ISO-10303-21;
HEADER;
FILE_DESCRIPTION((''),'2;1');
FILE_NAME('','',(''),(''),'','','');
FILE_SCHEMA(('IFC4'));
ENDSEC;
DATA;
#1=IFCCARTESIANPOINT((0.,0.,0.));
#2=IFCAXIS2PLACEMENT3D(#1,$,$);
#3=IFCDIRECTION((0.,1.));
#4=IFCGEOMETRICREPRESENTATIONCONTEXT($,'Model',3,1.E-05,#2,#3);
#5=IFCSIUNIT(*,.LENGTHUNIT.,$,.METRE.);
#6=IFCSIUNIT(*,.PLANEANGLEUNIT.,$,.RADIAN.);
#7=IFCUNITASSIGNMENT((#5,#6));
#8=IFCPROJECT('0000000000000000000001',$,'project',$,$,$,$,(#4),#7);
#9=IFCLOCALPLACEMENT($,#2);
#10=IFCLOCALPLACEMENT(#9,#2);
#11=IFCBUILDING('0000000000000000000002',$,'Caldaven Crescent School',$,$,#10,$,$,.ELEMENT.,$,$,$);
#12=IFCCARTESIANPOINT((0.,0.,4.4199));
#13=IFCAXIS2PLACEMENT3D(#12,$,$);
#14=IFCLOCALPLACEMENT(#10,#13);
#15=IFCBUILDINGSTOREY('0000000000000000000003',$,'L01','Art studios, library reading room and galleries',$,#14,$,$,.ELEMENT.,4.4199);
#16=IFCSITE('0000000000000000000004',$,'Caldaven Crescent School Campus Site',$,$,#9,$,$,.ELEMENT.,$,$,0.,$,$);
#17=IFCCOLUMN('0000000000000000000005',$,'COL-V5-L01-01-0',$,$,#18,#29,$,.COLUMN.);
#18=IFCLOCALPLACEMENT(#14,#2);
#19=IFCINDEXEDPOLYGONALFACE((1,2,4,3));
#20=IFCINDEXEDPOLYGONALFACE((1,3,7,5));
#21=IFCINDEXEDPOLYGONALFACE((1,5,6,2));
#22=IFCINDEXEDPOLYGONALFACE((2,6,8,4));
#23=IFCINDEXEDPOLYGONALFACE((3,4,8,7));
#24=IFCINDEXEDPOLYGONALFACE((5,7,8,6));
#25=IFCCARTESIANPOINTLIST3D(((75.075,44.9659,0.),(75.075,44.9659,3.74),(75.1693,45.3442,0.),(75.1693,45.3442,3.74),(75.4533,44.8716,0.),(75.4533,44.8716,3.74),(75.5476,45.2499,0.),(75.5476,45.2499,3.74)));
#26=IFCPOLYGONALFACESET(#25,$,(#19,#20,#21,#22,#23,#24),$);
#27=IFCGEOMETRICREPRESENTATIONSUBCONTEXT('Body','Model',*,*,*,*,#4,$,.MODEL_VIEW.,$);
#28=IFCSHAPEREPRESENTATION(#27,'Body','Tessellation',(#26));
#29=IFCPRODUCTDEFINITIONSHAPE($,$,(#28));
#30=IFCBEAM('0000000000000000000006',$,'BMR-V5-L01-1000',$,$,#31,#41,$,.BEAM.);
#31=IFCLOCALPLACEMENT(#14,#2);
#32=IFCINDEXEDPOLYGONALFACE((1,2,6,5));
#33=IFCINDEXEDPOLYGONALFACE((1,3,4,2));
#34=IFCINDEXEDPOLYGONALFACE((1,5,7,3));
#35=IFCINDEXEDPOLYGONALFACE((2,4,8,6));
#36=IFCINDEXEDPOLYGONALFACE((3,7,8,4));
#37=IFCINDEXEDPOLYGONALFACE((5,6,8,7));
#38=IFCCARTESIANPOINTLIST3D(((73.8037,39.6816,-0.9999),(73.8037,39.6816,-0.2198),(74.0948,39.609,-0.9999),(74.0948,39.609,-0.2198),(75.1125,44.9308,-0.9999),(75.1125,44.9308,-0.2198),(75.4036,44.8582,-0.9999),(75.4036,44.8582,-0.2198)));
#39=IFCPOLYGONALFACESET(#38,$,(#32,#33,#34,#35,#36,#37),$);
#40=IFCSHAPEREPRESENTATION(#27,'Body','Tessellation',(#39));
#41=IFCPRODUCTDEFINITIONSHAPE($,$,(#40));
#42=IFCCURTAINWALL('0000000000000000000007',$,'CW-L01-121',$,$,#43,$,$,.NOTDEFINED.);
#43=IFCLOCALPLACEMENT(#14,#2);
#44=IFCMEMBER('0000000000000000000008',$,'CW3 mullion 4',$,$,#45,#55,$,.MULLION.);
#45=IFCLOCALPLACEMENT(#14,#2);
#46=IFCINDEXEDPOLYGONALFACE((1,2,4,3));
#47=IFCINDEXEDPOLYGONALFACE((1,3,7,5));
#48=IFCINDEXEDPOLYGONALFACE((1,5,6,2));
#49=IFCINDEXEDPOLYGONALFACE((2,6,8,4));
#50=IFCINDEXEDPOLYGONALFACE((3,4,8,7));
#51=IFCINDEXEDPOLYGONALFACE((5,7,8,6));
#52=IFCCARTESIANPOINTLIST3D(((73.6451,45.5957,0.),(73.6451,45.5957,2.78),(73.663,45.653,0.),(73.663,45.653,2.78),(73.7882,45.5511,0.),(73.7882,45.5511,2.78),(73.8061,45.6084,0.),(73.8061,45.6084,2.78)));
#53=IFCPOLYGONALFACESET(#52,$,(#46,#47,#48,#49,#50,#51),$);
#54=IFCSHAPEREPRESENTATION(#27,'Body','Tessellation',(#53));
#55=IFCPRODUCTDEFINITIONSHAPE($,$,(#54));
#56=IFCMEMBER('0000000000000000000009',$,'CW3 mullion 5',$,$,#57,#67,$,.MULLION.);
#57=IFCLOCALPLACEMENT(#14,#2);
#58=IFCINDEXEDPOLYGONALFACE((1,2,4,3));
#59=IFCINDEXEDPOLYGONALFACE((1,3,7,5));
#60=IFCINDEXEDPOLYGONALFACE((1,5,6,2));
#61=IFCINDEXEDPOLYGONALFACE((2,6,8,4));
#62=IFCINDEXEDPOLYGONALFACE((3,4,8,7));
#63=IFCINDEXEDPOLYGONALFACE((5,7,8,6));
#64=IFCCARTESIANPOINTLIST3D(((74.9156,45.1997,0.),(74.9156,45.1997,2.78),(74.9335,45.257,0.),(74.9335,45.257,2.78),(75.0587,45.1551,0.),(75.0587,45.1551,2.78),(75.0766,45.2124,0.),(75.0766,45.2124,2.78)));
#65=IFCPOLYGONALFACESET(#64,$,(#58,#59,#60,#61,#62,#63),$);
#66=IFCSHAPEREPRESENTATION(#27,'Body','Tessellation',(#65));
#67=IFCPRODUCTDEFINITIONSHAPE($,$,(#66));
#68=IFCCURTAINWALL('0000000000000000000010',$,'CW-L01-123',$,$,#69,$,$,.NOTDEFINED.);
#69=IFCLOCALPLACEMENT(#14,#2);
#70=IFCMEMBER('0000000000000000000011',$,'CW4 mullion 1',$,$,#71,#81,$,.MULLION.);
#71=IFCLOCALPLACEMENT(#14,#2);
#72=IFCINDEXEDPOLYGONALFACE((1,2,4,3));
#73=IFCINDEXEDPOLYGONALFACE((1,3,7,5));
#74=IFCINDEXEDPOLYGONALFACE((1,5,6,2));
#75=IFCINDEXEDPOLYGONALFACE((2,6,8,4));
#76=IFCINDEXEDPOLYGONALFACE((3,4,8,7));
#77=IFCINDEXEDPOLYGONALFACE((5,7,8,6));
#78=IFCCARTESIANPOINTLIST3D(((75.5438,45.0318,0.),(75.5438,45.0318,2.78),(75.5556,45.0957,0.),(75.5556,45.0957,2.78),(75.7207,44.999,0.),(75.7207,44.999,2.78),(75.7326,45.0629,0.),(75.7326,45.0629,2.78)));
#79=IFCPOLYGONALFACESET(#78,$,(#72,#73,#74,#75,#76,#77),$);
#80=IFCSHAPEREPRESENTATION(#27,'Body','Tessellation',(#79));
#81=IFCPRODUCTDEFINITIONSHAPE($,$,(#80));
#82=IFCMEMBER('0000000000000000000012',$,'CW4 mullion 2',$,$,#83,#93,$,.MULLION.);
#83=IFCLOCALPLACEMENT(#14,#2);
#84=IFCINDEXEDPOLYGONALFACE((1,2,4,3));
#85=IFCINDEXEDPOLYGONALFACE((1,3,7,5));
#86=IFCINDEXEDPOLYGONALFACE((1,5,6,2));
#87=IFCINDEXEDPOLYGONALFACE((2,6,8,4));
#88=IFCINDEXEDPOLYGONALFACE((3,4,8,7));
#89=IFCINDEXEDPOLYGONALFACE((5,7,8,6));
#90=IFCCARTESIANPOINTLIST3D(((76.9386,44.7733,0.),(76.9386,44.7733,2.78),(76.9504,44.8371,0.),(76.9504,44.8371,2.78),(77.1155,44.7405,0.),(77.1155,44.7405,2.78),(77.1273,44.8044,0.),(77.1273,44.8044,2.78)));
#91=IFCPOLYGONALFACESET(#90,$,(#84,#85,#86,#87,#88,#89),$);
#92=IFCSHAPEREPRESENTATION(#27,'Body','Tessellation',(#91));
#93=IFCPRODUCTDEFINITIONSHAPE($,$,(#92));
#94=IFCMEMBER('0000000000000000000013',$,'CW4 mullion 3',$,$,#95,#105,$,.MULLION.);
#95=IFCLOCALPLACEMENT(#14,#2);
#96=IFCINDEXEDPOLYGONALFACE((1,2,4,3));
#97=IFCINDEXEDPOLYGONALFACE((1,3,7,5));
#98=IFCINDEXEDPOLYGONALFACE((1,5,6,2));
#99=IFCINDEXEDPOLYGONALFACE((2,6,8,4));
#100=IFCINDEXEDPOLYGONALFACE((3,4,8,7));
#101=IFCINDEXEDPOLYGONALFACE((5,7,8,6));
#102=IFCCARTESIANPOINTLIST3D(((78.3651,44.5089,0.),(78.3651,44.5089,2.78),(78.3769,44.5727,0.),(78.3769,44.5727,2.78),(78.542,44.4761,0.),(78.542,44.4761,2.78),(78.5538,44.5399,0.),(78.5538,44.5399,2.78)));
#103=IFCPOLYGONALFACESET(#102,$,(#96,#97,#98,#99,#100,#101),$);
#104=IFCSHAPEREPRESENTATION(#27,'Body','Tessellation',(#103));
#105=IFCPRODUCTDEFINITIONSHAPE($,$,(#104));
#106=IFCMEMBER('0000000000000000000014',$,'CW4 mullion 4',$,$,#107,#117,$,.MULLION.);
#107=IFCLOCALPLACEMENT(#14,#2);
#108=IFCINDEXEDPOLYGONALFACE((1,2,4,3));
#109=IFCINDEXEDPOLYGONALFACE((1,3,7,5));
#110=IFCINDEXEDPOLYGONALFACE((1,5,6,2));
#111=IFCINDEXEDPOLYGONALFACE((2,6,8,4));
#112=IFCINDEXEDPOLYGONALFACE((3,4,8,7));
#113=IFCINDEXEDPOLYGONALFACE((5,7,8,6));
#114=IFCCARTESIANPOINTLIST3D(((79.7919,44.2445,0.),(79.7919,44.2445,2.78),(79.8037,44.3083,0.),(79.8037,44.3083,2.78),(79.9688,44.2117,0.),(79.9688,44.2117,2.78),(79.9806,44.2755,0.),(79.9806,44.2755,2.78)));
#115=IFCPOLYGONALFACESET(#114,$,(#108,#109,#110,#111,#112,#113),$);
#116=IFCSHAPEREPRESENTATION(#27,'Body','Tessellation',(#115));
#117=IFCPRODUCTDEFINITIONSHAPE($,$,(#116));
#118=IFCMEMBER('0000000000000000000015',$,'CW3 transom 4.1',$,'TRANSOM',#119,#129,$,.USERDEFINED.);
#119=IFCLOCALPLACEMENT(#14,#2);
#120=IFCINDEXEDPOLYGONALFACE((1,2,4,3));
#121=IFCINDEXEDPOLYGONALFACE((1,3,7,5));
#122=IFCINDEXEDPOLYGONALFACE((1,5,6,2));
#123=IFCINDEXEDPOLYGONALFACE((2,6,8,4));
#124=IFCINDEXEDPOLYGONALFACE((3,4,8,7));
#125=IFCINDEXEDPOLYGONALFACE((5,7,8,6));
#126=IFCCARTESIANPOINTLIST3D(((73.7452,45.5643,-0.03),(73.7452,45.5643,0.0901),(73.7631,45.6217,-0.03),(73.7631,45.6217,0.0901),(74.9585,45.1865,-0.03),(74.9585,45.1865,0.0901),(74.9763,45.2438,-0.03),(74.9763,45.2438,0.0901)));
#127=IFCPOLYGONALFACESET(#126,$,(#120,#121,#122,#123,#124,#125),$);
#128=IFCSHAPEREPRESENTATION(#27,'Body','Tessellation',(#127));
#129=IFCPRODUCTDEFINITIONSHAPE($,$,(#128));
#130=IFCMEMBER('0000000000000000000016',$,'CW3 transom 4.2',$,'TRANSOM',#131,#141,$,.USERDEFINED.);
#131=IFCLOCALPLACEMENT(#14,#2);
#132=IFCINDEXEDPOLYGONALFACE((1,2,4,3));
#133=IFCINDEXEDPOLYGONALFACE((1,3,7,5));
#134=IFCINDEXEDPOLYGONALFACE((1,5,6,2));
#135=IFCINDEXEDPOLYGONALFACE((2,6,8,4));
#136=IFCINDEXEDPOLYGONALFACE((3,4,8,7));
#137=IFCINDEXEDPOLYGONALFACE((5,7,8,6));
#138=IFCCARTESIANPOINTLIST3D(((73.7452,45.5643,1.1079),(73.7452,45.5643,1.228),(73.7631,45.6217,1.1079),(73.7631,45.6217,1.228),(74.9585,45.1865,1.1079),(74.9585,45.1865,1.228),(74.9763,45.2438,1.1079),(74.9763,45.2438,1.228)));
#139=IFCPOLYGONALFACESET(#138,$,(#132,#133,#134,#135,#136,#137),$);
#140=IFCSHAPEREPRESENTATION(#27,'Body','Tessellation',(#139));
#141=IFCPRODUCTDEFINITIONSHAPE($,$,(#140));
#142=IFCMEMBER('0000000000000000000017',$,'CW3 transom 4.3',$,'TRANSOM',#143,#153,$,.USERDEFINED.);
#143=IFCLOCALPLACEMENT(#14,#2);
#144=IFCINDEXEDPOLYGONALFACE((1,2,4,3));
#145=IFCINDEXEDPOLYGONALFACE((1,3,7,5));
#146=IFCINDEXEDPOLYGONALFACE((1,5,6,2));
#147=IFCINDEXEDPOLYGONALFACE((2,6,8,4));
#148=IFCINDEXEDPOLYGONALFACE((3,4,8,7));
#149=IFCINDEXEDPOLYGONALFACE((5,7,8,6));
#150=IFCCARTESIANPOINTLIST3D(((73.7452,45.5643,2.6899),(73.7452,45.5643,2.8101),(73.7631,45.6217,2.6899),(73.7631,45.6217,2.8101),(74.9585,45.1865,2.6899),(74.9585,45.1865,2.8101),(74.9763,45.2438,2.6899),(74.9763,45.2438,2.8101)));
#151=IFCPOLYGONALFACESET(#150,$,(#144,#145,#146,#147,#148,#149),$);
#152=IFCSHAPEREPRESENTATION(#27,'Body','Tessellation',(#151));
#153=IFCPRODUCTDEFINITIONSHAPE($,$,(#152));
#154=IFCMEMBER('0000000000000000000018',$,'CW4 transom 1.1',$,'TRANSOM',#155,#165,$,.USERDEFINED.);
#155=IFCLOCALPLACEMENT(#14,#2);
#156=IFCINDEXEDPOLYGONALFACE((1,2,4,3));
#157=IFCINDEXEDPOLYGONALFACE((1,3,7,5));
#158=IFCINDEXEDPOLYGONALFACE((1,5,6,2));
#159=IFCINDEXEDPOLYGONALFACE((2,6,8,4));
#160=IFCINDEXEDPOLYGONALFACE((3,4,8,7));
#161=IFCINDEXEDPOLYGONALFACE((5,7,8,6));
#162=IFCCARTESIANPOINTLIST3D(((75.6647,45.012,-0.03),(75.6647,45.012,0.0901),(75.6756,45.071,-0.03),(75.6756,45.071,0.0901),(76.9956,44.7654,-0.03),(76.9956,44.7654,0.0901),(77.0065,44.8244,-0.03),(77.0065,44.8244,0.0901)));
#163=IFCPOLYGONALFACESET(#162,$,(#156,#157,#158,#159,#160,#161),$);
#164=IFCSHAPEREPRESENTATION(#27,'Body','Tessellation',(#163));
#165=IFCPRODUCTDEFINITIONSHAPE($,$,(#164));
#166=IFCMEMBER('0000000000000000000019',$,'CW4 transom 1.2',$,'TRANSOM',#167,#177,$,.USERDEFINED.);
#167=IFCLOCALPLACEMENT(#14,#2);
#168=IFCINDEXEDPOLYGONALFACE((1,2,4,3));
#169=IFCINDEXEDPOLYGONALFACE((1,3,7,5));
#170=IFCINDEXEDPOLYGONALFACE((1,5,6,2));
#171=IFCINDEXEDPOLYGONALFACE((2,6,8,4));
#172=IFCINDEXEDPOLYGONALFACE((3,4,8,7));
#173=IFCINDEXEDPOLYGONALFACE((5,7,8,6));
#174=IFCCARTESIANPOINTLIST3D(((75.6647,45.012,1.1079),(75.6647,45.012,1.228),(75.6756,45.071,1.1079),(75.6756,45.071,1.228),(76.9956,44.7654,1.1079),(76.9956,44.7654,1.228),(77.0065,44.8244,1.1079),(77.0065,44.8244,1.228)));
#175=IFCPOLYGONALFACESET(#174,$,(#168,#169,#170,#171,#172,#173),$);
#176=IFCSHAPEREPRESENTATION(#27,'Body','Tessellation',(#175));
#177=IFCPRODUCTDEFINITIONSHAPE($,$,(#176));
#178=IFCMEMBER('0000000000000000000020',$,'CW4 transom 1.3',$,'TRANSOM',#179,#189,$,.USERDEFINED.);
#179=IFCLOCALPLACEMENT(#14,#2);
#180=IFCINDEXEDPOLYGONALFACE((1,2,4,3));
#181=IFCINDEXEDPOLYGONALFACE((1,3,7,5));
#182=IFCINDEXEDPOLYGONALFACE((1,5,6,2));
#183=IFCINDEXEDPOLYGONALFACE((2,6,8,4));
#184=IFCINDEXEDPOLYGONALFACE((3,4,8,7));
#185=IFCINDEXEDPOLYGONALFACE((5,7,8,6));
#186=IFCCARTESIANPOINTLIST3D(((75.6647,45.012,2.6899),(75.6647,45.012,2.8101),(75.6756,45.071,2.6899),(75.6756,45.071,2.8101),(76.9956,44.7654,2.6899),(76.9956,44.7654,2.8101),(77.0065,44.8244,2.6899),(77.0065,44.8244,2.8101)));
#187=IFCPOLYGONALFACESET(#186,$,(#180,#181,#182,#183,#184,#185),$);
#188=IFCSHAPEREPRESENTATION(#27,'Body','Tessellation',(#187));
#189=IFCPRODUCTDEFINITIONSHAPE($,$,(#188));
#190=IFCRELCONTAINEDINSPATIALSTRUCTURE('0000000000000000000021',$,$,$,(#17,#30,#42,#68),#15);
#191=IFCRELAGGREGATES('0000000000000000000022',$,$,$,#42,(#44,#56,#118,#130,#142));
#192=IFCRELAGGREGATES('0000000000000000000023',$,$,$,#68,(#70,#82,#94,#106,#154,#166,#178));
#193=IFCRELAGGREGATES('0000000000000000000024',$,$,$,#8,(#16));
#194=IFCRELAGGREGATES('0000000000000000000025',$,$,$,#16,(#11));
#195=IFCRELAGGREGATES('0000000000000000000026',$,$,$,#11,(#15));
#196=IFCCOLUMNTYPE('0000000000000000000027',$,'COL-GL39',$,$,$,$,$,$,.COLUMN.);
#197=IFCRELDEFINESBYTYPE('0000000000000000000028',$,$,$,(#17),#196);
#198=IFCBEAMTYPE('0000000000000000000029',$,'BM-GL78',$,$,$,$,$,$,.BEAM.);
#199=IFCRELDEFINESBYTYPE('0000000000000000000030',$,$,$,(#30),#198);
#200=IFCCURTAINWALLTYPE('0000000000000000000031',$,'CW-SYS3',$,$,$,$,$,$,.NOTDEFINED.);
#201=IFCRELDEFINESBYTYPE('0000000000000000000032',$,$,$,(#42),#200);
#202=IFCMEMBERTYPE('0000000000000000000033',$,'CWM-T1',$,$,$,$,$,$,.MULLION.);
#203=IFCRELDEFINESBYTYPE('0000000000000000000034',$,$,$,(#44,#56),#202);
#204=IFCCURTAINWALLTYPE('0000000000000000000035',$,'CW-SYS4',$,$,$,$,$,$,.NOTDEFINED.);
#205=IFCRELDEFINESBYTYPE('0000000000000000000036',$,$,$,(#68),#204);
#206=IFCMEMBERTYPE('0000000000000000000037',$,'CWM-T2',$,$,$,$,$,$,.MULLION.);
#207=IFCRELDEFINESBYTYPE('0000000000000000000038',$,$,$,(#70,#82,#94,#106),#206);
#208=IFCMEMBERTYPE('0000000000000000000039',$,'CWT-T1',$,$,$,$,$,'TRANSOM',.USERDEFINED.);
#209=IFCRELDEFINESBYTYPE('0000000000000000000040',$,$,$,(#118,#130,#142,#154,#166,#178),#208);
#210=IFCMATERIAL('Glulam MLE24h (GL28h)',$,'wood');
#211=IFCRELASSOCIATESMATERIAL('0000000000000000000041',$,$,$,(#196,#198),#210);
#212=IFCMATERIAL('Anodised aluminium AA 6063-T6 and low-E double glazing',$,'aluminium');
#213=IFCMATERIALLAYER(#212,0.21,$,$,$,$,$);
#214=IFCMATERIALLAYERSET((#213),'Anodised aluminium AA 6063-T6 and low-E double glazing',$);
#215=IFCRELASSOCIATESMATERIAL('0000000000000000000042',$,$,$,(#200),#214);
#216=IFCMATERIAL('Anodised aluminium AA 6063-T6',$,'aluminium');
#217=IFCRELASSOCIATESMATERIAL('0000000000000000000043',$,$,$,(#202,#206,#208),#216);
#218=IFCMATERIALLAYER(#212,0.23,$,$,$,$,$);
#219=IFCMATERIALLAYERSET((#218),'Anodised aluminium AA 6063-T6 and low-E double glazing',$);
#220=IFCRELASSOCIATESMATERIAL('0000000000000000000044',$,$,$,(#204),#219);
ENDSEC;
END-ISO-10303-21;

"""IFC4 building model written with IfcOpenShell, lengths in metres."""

from ifc_helpers import new_model, si_unit, direction, frame, origin, origin_2d, place, context, subcontext, project, spatial, rectangle, extrude, material, layer, layer_set, material_profile, profile_set, type_object, element, aggregate, save


model = new_model("IFC4")

# Units and contexts
model_context = context("Model", 3, precision=1e-05, world=origin(), true_north=direction((0.0, 1.0)))
body_context = subcontext(model_context, "Body", "Model", "MODEL_VIEW")
ifc_project = project(units=[si_unit("LENGTHUNIT", "METRE"), si_unit("PLANEANGLEUNIT", "RADIAN")], contexts=[model_context])

# Site, building, storey
site_placement = place(None, origin())
site = spatial("IfcSite", under=ifc_project, at=site_placement, Name="Caldaven Crescent School Campus Site", CompositionType="ELEMENT", RefElevation=0.0)
building_placement = place(site_placement, origin())
building = spatial("IfcBuilding", under=site, at=building_placement, Name="Caldaven Crescent School", CompositionType="ELEMENT")
storey_placement = place(building_placement, frame((0.0, 0.0, 4.4199)))
storey = spatial("IfcBuildingStorey", under=building, at=storey_placement, Name="L01", Description="Art studios, library reading room and galleries", CompositionType="ELEMENT", Elevation=4.4199)

# Column
ifc_material_1 = material(Name="Glulam MLE24h (GL28h)", Category="wood")
ifc_material_profile_1 = material_profile(ifc_material_1, rectangle(XDim=0.3899, YDim=0.3899, at=origin_2d()), Name="MLE 390x390")
ifc_profile_set_1 = profile_set([ifc_material_profile_1], Name="Glulam MLE24h (GL28h)")
column_type = type_object("IfcColumnType", Name="COL-GL39", PredefinedType="COLUMN", material=ifc_profile_set_1)
column_placement = place(storey_placement, frame((75.3113, 45.1079, 0.0), z_axis=(0.0, 0.0, 1.0), x_axis=(-0.241922, -0.970296, 0.0)))
element("IfcColumn", 1, at=column_placement, inside=storey, type_object=column_type, Name="COL-V5-L01-01-0", PredefinedType="COLUMN", context=body_context, shape_type="SweptSolid", body=[
    extrude(rectangle(XDim=0.3899, YDim=0.3899, at=origin_2d()), origin(), (0.0, 0.0, 1.0), 3.74),
])

# Beam
ifc_material_profile_2 = material_profile(ifc_material_1, rectangle(XDim=0.3, YDim=0.78, at=origin_2d()), Name="MLE 300x780")
ifc_profile_set_2 = profile_set([ifc_material_profile_2], Name="Glulam MLE24h (GL28h)")
beam_type_1 = type_object("IfcBeamType", Name="BM-GL78", PredefinedType="BEAM", material=ifc_profile_set_2)
beam_1_placement = place(storey_placement, frame((75.2581, 44.8945, -0.6099), z_axis=(-0.24193, -0.970294, 0.0), x_axis=(0.970294, -0.24193, 0.0)))
element("IfcBeam", 2, at=beam_1_placement, inside=storey, type_object=beam_type_1, Name="BMR-V5-L01-1000", PredefinedType="BEAM", context=body_context, shape_type="SweptSolid", body=[
    extrude(rectangle(XDim=0.3, YDim=0.78, at=origin_2d()), origin(), (0.0, 0.0, 1.0), 5.4099),
])

# Curtain walls, members
ifc_material_2 = material(Name="Anodised aluminium AA 6063-T6 and low-E double glazing", Category="aluminium")
ifc_layer_1 = layer(ifc_material_2, 0.21)
ifc_layer_set_1 = layer_set([ifc_layer_1], Name="Anodised aluminium AA 6063-T6 and low-E double glazing")
curtain_wall_type_1 = type_object("IfcCurtainWallType", Name="CW-SYS3", PredefinedType="NOTDEFINED", material=ifc_layer_set_1)
curtain_wall_1_placement = place(storey_placement, origin())
curtain_wall_1 = element("IfcCurtainWall", 3, at=curtain_wall_1_placement, inside=storey, type_object=curtain_wall_type_1, Name="CW-L01-121", PredefinedType="NOTDEFINED")
ifc_material_3 = material(Name="Anodised aluminium AA 6063-T6", Category="aluminium")
ifc_material_profile_3 = material_profile(ifc_material_3, rectangle(XDim=0.0601, YDim=0.1499, at=origin_2d()), Name="CWM 60x150")
ifc_profile_set_3 = profile_set([ifc_material_profile_3], Name="Anodised aluminium AA 6063-T6")
member_type_1 = type_object("IfcMemberType", Name="CWM-T1", PredefinedType="MULLION", material=ifc_profile_set_3)
member_1_placement = place(storey_placement, frame((73.7256, 45.6021, 0.0), z_axis=(0.0, 0.0, 1.0), x_axis=(0.29742, 0.954747, 0.0)))
member_1 = element("IfcMember", 4, at=member_1_placement, type_object=member_type_1, Name="CW3 mullion 4", PredefinedType="MULLION", context=body_context, shape_type="SweptSolid", body=[
    extrude(rectangle(XDim=0.0601, YDim=0.1499, at=origin_2d()), origin(), (0.0, 0.0, 1.0), 2.78),
])
member_2_placement = place(storey_placement, frame((74.9961, 45.2061, 0.0), z_axis=(0.0, 0.0, 1.0), x_axis=(0.29742, 0.954747, 0.0)))
member_2 = element("IfcMember", 5, at=member_2_placement, type_object=member_type_1, Name="CW3 mullion 5", PredefinedType="MULLION", context=body_context, shape_type="SweptSolid", body=[
    extrude(rectangle(XDim=0.0601, YDim=0.1499, at=origin_2d()), origin(), (0.0, 0.0, 1.0), 2.78),
])
ifc_layer_2 = layer(ifc_material_2, 0.23)
ifc_layer_set_2 = layer_set([ifc_layer_2], Name="Anodised aluminium AA 6063-T6 and low-E double glazing")
curtain_wall_type_2 = type_object("IfcCurtainWallType", Name="CW-SYS4", PredefinedType="NOTDEFINED", material=ifc_layer_set_2)
curtain_wall_2_placement = place(storey_placement, origin())
curtain_wall_2 = element("IfcCurtainWall", 6, at=curtain_wall_2_placement, inside=storey, type_object=curtain_wall_type_2, Name="CW-L01-123", PredefinedType="NOTDEFINED")
ifc_material_profile_4 = material_profile(ifc_material_3, rectangle(XDim=0.0649, YDim=0.1799, at=origin_2d()), Name="CWM 65x180")
ifc_profile_set_4 = profile_set([ifc_material_profile_4], Name="Anodised aluminium AA 6063-T6")
member_type_2 = type_object("IfcMemberType", Name="CWM-T2", PredefinedType="MULLION", material=ifc_profile_set_4)
member_3_placement = place(storey_placement, frame((75.6382, 45.0474, 0.0), z_axis=(0.0, 0.0, 1.0), x_axis=(0.182236, 0.983255, 0.0)))
member_3 = element("IfcMember", 7, at=member_3_placement, type_object=member_type_2, Name="CW4 mullion 1", PredefinedType="MULLION", context=body_context, shape_type="SweptSolid", body=[
    extrude(rectangle(XDim=0.0649, YDim=0.1799, at=origin_2d()), origin(), (0.0, 0.0, 1.0), 2.78),
])
member_4_placement = place(storey_placement, frame((77.033, 44.7888, 0.0), z_axis=(0.0, 0.0, 1.0), x_axis=(0.182236, 0.983255, 0.0)))
member_4 = element("IfcMember", 8, at=member_4_placement, type_object=member_type_2, Name="CW4 mullion 2", PredefinedType="MULLION", context=body_context, shape_type="SweptSolid", body=[
    extrude(rectangle(XDim=0.0649, YDim=0.1799, at=origin_2d()), origin(), (0.0, 0.0, 1.0), 2.78),
])
member_5_placement = place(storey_placement, frame((78.4595, 44.5244, 0.0), z_axis=(0.0, 0.0, 1.0), x_axis=(0.182236, 0.983255, 0.0)))
member_5 = element("IfcMember", 9, at=member_5_placement, type_object=member_type_2, Name="CW4 mullion 3", PredefinedType="MULLION", context=body_context, shape_type="SweptSolid", body=[
    extrude(rectangle(XDim=0.0649, YDim=0.1799, at=origin_2d()), origin(), (0.0, 0.0, 1.0), 2.78),
])
member_6_placement = place(storey_placement, frame((79.8862, 44.26, 0.0), z_axis=(0.0, 0.0, 1.0), x_axis=(0.182236, 0.983255, 0.0)))
member_6 = element("IfcMember", 10, at=member_6_placement, type_object=member_type_2, Name="CW4 mullion 4", PredefinedType="MULLION", context=body_context, shape_type="SweptSolid", body=[
    extrude(rectangle(XDim=0.0649, YDim=0.1799, at=origin_2d()), origin(), (0.0, 0.0, 1.0), 2.78),
])

# Members
ifc_material_profile_5 = material_profile(ifc_material_3, rectangle(XDim=0.0601, YDim=0.1201, at=origin_2d()), Name="CWT 60x120")
ifc_profile_set_5 = profile_set([ifc_material_profile_5], Name="Anodised aluminium AA 6063-T6")
member_type_3 = type_object("IfcMemberType", Name="CWT-T1", ElementType="TRANSOM", PredefinedType="USERDEFINED", material=ifc_profile_set_5)
member_7_placement = place(storey_placement, frame((73.7542, 45.593, 0.03), z_axis=(0.95476, -0.297378, 0.0), x_axis=(0.297378, 0.95476, 0.0)))
member_7 = element("IfcMember", 11, at=member_7_placement, type_object=member_type_3, Name="CW3 transom 4.1", ObjectType="TRANSOM", PredefinedType="USERDEFINED", context=body_context, shape_type="SweptSolid", body=[
    extrude(rectangle(XDim=0.0601, YDim=0.1201, at=origin_2d()), origin(), (0.0, 0.0, 1.0), 1.2708),
])
member_8_placement = place(storey_placement, frame((73.7542, 45.593, 1.168), z_axis=(0.95476, -0.297378, 0.0), x_axis=(0.297378, 0.95476, 0.0)))
member_8 = element("IfcMember", 12, at=member_8_placement, type_object=member_type_3, Name="CW3 transom 4.2", ObjectType="TRANSOM", PredefinedType="USERDEFINED", context=body_context, shape_type="SweptSolid", body=[
    extrude(rectangle(XDim=0.0601, YDim=0.1201, at=origin_2d()), origin(), (0.0, 0.0, 1.0), 1.2708),
])
member_9_placement = place(storey_placement, frame((73.7542, 45.593, 2.75), z_axis=(0.95476, -0.297378, 0.0), x_axis=(0.297378, 0.95476, 0.0)))
member_9 = element("IfcMember", 13, at=member_9_placement, type_object=member_type_3, Name="CW3 transom 4.3", ObjectType="TRANSOM", PredefinedType="USERDEFINED", context=body_context, shape_type="SweptSolid", body=[
    extrude(rectangle(XDim=0.0601, YDim=0.1201, at=origin_2d()), origin(), (0.0, 0.0, 1.0), 1.2708),
])
member_10_placement = place(storey_placement, frame((75.6702, 45.0415, 0.03), z_axis=(0.983264, -0.182186, 0.0), x_axis=(0.182186, 0.983264, 0.0)))
member_10 = element("IfcMember", 14, at=member_10_placement, type_object=member_type_3, Name="CW4 transom 1.1", ObjectType="TRANSOM", PredefinedType="USERDEFINED", context=body_context, shape_type="SweptSolid", body=[
    extrude(rectangle(XDim=0.0601, YDim=0.1201, at=origin_2d()), origin(), (0.0, 0.0, 1.0), 1.3535),
])
member_11_placement = place(storey_placement, frame((75.6702, 45.0415, 1.168), z_axis=(0.983264, -0.182186, 0.0), x_axis=(0.182186, 0.983264, 0.0)))
member_11 = element("IfcMember", 15, at=member_11_placement, type_object=member_type_3, Name="CW4 transom 1.2", ObjectType="TRANSOM", PredefinedType="USERDEFINED", context=body_context, shape_type="SweptSolid", body=[
    extrude(rectangle(XDim=0.0601, YDim=0.1201, at=origin_2d()), origin(), (0.0, 0.0, 1.0), 1.3535),
])
member_12_placement = place(storey_placement, frame((75.6702, 45.0415, 2.75), z_axis=(0.983264, -0.182186, 0.0), x_axis=(0.182186, 0.983264, 0.0)))
member_12 = element("IfcMember", 16, at=member_12_placement, type_object=member_type_3, Name="CW4 transom 1.3", ObjectType="TRANSOM", PredefinedType="USERDEFINED", context=body_context, shape_type="SweptSolid", body=[
    extrude(rectangle(XDim=0.0601, YDim=0.1201, at=origin_2d()), origin(), (0.0, 0.0, 1.0), 1.3535),
])

aggregate(curtain_wall_1, [member_1, member_2, member_7, member_8, member_9])
aggregate(curtain_wall_2, [member_3, member_4, member_5, member_6, member_10, member_11, member_12])

save(model, "model.ifc")
